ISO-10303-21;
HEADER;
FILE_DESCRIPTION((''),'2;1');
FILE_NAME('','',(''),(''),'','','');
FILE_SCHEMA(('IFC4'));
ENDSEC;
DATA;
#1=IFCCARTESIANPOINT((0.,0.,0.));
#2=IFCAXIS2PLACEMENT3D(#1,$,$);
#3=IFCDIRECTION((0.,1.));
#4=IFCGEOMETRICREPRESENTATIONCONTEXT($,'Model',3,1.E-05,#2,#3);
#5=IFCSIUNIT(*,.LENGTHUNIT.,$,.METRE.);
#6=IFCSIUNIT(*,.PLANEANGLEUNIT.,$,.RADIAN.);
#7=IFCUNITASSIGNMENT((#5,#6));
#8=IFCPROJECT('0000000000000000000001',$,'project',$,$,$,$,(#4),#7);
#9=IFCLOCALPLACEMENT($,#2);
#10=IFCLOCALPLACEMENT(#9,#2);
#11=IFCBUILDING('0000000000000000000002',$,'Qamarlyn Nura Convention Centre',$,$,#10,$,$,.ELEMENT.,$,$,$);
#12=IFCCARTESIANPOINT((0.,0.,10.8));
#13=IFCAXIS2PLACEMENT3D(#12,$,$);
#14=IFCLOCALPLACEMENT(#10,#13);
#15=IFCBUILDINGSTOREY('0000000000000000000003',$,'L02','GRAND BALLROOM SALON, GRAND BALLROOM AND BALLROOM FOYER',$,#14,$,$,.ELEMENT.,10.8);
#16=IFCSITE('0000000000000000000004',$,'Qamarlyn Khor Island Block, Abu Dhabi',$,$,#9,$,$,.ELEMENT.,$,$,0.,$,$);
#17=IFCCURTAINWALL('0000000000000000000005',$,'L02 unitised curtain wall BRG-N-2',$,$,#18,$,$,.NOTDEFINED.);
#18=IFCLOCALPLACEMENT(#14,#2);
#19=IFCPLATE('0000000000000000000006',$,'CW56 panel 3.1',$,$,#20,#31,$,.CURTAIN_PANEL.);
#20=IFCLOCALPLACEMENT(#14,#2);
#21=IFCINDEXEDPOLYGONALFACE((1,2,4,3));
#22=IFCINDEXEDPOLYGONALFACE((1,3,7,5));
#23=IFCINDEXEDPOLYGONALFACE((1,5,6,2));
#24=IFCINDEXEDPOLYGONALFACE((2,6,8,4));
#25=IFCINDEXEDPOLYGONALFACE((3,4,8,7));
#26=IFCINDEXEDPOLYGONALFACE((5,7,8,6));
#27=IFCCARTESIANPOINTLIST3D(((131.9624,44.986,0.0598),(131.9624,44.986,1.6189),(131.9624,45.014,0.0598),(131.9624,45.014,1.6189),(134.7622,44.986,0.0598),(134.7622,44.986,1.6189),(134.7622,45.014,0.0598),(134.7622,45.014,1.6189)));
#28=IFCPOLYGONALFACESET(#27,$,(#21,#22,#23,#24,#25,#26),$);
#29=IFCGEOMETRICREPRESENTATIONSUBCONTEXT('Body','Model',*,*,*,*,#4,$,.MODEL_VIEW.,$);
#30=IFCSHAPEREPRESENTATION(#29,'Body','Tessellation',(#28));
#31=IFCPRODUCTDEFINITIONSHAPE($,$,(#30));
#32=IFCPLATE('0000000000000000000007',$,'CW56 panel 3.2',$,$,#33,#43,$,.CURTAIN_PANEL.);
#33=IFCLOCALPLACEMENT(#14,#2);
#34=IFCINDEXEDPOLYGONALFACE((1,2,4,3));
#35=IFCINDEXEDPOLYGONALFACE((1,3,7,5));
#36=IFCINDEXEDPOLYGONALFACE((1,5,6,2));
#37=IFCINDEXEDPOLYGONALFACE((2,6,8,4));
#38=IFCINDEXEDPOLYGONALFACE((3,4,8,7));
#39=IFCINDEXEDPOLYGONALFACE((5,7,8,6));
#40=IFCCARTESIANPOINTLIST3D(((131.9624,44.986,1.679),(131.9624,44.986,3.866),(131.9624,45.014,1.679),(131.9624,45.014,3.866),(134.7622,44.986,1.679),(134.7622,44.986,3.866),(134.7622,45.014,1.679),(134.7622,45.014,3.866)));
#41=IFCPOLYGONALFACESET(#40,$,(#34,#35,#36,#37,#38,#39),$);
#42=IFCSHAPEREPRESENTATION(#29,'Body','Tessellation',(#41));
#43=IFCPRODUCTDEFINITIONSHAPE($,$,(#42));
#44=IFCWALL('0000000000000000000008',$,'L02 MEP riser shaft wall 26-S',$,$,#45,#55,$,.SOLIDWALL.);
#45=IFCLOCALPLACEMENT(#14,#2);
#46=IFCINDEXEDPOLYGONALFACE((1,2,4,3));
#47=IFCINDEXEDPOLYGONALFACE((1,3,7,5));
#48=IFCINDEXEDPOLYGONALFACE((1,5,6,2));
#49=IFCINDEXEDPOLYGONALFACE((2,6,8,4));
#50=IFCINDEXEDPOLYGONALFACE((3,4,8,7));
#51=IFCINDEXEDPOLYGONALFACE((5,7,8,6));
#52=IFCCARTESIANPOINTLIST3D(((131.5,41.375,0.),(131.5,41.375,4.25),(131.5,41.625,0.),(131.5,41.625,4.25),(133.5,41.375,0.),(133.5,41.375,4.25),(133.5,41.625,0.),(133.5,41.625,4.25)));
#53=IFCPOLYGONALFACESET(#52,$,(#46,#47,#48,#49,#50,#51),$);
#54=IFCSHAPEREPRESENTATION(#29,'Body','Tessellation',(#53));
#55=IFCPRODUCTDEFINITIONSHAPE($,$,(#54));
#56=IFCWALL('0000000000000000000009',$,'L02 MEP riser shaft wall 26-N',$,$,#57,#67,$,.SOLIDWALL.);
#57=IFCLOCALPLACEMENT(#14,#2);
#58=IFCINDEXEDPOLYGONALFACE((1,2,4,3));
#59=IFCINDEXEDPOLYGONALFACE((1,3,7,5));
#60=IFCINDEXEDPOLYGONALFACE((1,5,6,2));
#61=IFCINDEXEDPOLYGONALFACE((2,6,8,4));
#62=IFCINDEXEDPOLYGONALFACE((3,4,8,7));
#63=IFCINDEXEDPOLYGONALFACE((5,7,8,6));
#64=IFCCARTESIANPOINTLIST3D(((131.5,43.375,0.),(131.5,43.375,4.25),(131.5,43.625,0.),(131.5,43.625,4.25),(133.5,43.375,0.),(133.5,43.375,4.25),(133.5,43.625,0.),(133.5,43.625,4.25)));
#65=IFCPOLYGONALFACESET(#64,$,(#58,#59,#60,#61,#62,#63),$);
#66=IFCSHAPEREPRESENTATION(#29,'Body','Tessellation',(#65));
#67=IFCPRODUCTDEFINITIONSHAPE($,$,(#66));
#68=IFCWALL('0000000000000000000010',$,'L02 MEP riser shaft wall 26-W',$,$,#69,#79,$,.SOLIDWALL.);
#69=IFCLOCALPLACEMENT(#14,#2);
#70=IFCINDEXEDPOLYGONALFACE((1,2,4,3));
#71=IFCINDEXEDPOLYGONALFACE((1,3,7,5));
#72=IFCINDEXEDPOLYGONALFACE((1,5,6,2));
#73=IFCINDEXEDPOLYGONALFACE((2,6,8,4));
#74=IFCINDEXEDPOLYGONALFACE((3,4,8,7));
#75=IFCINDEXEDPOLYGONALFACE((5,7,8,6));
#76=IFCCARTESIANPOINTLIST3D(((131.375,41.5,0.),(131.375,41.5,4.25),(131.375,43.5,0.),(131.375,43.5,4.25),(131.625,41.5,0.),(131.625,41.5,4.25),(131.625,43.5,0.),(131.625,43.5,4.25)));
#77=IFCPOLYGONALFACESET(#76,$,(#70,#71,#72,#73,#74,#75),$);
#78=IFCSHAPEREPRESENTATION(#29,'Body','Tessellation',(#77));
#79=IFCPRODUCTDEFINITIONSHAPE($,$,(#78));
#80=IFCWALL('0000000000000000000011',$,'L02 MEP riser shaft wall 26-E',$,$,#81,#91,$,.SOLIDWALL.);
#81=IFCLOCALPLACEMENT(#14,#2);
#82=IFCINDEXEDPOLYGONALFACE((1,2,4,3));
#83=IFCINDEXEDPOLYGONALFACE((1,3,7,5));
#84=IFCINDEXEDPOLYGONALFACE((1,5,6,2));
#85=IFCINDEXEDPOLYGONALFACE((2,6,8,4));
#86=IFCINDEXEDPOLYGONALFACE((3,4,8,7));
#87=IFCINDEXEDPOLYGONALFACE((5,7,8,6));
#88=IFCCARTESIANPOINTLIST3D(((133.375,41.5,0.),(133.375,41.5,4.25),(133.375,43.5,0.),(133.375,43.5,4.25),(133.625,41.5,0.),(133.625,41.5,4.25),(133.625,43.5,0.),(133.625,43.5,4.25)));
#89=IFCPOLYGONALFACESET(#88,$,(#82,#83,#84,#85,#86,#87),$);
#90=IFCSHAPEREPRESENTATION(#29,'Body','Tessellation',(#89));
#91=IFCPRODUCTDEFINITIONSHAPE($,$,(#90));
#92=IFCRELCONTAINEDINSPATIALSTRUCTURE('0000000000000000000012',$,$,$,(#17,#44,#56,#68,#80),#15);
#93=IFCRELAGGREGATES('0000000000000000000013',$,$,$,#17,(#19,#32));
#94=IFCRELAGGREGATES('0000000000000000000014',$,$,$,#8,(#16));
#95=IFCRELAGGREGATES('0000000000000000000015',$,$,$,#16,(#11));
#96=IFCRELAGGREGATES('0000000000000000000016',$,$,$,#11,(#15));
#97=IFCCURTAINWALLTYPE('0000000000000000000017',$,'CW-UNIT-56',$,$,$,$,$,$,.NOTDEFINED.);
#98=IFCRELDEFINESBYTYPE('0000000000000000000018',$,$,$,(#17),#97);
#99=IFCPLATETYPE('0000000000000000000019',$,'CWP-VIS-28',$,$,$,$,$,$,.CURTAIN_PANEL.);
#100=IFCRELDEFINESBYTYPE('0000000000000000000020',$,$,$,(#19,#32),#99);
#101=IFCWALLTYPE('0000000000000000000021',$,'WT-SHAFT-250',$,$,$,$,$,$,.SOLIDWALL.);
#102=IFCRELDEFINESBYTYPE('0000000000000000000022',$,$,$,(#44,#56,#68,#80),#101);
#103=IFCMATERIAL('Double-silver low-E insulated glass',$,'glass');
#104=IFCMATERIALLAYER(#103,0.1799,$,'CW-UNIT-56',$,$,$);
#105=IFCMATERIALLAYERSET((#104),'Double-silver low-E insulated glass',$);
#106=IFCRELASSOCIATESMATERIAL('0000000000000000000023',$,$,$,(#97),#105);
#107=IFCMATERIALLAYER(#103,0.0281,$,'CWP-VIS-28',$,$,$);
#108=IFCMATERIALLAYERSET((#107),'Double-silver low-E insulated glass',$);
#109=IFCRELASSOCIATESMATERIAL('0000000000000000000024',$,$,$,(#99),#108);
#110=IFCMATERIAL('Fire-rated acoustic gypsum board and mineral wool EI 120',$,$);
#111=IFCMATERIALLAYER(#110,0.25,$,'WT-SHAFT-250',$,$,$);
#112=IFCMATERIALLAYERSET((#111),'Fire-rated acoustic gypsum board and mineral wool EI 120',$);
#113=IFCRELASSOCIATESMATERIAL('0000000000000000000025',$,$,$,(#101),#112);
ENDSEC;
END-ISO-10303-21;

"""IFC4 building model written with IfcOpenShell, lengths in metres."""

from ifc_helpers import new_model, si_unit, direction, frame, frame_2d, origin, origin_2d, place, context, subcontext, project, spatial, rectangle, extrude, material, layer, layer_set, type_object, element, aggregate, save


model = new_model("IFC4")

# Units and contexts
model_context = context("Model", 3, precision=1e-05, world=origin(), true_north=direction((0.0, 1.0)))
body_context = subcontext(model_context, "Body", "Model", "MODEL_VIEW")
ifc_project = project(units=[si_unit("LENGTHUNIT", "METRE"), si_unit("PLANEANGLEUNIT", "RADIAN")], contexts=[model_context])

# Site, building, storey
site_placement = place(None, origin())
site = spatial("IfcSite", under=ifc_project, at=site_placement, Name="Qamarlyn Khor Island Block, Abu Dhabi", CompositionType="ELEMENT", RefElevation=0.0)
building_placement = place(site_placement, origin())
building = spatial("IfcBuilding", under=site, at=building_placement, Name="Qamarlyn Nura Convention Centre", CompositionType="ELEMENT")
storey_placement = place(building_placement, frame((0.0, 0.0, 10.8)))
storey = spatial("IfcBuildingStorey", under=building, at=storey_placement, Name="L02", Description="GRAND BALLROOM SALON, GRAND BALLROOM AND BALLROOM FOYER", CompositionType="ELEMENT", Elevation=10.8)

# Curtain wall, plates
ifc_material_1 = material(Name="Double-silver low-E insulated glass", Category="glass")
ifc_layer_1 = layer(ifc_material_1, 0.1799, Name="CW-UNIT-56")
ifc_layer_set_1 = layer_set([ifc_layer_1], Name="Double-silver low-E insulated glass")
curtain_wall_type = type_object("IfcCurtainWallType", Name="CW-UNIT-56", PredefinedType="NOTDEFINED", material=ifc_layer_set_1)
curtain_wall_placement = place(storey_placement, origin())
curtain_wall = element("IfcCurtainWall", 1, at=curtain_wall_placement, inside=storey, type_object=curtain_wall_type, Name="L02 unitised curtain wall BRG-N-2", PredefinedType="NOTDEFINED")
ifc_layer_2 = layer(ifc_material_1, 0.0281, Name="CWP-VIS-28")
ifc_layer_set_2 = layer_set([ifc_layer_2], Name="Double-silver low-E insulated glass")
plate_type = type_object("IfcPlateType", Name="CWP-VIS-28", PredefinedType="CURTAIN_PANEL", material=ifc_layer_set_2)
plate_1_placement = place(storey_placement, frame((133.3623, 45.0, 0.0598), z_axis=(0.0, 0.0, 1.0), x_axis=(1.0, 0.0, 0.0)))
plate_1 = element("IfcPlate", 2, at=plate_1_placement, type_object=plate_type, Name="CW56 panel 3.1", PredefinedType="CURTAIN_PANEL", context=body_context, shape_type="SweptSolid", body=[
    extrude(rectangle(XDim=2.7998, YDim=0.0281, at=origin_2d()), origin(), (0.0, 0.0, 1.0), 1.5591),
])
plate_2_placement = place(storey_placement, frame((133.3623, 45.0, 1.679), z_axis=(0.0, 0.0, 1.0), x_axis=(1.0, 0.0, 0.0)))
plate_2 = element("IfcPlate", 3, at=plate_2_placement, type_object=plate_type, Name="CW56 panel 3.2", PredefinedType="CURTAIN_PANEL", context=body_context, shape_type="SweptSolid", body=[
    extrude(rectangle(XDim=2.7998, YDim=0.0281, at=origin_2d()), origin(), (0.0, 0.0, 1.0), 2.187),
])
aggregate(curtain_wall, [plate_1, plate_2])

# Walls
ifc_material_2 = material(Name="Fire-rated acoustic gypsum board and mineral wool EI 120")
ifc_layer_3 = layer(ifc_material_2, 0.25, Name="WT-SHAFT-250")
ifc_layer_set_3 = layer_set([ifc_layer_3], Name="Fire-rated acoustic gypsum board and mineral wool EI 120")
wall_type = type_object("IfcWallType", Name="WT-SHAFT-250", PredefinedType="SOLIDWALL", material=ifc_layer_set_3)
for number, where, z_axis, x_axis, name in (
    (4, (131.5, 41.5, 0.0), (0.0, 0.0, 1.0), (1.0, 0.0, 0.0), "L02 MEP riser shaft wall 26-S"),
    (5, (133.5, 43.5, 0.0), (0.0, 0.0, 1.0), (-1.0, 0.0, 0.0), "L02 MEP riser shaft wall 26-N"),
    (6, (131.5, 43.5, 0.0), (0.0, 0.0, 1.0), (0.0, -1.0, 0.0), "L02 MEP riser shaft wall 26-W"),
    (7, (133.5, 41.5, 0.0), (0.0, 0.0, 1.0), (0.0, 1.0, 0.0), "L02 MEP riser shaft wall 26-E"),
):
    element("IfcWall", number, at=place(storey_placement, frame(where, z_axis=z_axis, x_axis=x_axis)), inside=storey, type_object=wall_type, Name=name, PredefinedType="SOLIDWALL", context=body_context, shape_type="SweptSolid", body=[
        extrude(rectangle(XDim=2.0, YDim=0.25, at=frame_2d((1.0, 0.0))), origin(), (0.0, 0.0, 1.0), 4.25),
    ])

save(model, "model.ifc")
